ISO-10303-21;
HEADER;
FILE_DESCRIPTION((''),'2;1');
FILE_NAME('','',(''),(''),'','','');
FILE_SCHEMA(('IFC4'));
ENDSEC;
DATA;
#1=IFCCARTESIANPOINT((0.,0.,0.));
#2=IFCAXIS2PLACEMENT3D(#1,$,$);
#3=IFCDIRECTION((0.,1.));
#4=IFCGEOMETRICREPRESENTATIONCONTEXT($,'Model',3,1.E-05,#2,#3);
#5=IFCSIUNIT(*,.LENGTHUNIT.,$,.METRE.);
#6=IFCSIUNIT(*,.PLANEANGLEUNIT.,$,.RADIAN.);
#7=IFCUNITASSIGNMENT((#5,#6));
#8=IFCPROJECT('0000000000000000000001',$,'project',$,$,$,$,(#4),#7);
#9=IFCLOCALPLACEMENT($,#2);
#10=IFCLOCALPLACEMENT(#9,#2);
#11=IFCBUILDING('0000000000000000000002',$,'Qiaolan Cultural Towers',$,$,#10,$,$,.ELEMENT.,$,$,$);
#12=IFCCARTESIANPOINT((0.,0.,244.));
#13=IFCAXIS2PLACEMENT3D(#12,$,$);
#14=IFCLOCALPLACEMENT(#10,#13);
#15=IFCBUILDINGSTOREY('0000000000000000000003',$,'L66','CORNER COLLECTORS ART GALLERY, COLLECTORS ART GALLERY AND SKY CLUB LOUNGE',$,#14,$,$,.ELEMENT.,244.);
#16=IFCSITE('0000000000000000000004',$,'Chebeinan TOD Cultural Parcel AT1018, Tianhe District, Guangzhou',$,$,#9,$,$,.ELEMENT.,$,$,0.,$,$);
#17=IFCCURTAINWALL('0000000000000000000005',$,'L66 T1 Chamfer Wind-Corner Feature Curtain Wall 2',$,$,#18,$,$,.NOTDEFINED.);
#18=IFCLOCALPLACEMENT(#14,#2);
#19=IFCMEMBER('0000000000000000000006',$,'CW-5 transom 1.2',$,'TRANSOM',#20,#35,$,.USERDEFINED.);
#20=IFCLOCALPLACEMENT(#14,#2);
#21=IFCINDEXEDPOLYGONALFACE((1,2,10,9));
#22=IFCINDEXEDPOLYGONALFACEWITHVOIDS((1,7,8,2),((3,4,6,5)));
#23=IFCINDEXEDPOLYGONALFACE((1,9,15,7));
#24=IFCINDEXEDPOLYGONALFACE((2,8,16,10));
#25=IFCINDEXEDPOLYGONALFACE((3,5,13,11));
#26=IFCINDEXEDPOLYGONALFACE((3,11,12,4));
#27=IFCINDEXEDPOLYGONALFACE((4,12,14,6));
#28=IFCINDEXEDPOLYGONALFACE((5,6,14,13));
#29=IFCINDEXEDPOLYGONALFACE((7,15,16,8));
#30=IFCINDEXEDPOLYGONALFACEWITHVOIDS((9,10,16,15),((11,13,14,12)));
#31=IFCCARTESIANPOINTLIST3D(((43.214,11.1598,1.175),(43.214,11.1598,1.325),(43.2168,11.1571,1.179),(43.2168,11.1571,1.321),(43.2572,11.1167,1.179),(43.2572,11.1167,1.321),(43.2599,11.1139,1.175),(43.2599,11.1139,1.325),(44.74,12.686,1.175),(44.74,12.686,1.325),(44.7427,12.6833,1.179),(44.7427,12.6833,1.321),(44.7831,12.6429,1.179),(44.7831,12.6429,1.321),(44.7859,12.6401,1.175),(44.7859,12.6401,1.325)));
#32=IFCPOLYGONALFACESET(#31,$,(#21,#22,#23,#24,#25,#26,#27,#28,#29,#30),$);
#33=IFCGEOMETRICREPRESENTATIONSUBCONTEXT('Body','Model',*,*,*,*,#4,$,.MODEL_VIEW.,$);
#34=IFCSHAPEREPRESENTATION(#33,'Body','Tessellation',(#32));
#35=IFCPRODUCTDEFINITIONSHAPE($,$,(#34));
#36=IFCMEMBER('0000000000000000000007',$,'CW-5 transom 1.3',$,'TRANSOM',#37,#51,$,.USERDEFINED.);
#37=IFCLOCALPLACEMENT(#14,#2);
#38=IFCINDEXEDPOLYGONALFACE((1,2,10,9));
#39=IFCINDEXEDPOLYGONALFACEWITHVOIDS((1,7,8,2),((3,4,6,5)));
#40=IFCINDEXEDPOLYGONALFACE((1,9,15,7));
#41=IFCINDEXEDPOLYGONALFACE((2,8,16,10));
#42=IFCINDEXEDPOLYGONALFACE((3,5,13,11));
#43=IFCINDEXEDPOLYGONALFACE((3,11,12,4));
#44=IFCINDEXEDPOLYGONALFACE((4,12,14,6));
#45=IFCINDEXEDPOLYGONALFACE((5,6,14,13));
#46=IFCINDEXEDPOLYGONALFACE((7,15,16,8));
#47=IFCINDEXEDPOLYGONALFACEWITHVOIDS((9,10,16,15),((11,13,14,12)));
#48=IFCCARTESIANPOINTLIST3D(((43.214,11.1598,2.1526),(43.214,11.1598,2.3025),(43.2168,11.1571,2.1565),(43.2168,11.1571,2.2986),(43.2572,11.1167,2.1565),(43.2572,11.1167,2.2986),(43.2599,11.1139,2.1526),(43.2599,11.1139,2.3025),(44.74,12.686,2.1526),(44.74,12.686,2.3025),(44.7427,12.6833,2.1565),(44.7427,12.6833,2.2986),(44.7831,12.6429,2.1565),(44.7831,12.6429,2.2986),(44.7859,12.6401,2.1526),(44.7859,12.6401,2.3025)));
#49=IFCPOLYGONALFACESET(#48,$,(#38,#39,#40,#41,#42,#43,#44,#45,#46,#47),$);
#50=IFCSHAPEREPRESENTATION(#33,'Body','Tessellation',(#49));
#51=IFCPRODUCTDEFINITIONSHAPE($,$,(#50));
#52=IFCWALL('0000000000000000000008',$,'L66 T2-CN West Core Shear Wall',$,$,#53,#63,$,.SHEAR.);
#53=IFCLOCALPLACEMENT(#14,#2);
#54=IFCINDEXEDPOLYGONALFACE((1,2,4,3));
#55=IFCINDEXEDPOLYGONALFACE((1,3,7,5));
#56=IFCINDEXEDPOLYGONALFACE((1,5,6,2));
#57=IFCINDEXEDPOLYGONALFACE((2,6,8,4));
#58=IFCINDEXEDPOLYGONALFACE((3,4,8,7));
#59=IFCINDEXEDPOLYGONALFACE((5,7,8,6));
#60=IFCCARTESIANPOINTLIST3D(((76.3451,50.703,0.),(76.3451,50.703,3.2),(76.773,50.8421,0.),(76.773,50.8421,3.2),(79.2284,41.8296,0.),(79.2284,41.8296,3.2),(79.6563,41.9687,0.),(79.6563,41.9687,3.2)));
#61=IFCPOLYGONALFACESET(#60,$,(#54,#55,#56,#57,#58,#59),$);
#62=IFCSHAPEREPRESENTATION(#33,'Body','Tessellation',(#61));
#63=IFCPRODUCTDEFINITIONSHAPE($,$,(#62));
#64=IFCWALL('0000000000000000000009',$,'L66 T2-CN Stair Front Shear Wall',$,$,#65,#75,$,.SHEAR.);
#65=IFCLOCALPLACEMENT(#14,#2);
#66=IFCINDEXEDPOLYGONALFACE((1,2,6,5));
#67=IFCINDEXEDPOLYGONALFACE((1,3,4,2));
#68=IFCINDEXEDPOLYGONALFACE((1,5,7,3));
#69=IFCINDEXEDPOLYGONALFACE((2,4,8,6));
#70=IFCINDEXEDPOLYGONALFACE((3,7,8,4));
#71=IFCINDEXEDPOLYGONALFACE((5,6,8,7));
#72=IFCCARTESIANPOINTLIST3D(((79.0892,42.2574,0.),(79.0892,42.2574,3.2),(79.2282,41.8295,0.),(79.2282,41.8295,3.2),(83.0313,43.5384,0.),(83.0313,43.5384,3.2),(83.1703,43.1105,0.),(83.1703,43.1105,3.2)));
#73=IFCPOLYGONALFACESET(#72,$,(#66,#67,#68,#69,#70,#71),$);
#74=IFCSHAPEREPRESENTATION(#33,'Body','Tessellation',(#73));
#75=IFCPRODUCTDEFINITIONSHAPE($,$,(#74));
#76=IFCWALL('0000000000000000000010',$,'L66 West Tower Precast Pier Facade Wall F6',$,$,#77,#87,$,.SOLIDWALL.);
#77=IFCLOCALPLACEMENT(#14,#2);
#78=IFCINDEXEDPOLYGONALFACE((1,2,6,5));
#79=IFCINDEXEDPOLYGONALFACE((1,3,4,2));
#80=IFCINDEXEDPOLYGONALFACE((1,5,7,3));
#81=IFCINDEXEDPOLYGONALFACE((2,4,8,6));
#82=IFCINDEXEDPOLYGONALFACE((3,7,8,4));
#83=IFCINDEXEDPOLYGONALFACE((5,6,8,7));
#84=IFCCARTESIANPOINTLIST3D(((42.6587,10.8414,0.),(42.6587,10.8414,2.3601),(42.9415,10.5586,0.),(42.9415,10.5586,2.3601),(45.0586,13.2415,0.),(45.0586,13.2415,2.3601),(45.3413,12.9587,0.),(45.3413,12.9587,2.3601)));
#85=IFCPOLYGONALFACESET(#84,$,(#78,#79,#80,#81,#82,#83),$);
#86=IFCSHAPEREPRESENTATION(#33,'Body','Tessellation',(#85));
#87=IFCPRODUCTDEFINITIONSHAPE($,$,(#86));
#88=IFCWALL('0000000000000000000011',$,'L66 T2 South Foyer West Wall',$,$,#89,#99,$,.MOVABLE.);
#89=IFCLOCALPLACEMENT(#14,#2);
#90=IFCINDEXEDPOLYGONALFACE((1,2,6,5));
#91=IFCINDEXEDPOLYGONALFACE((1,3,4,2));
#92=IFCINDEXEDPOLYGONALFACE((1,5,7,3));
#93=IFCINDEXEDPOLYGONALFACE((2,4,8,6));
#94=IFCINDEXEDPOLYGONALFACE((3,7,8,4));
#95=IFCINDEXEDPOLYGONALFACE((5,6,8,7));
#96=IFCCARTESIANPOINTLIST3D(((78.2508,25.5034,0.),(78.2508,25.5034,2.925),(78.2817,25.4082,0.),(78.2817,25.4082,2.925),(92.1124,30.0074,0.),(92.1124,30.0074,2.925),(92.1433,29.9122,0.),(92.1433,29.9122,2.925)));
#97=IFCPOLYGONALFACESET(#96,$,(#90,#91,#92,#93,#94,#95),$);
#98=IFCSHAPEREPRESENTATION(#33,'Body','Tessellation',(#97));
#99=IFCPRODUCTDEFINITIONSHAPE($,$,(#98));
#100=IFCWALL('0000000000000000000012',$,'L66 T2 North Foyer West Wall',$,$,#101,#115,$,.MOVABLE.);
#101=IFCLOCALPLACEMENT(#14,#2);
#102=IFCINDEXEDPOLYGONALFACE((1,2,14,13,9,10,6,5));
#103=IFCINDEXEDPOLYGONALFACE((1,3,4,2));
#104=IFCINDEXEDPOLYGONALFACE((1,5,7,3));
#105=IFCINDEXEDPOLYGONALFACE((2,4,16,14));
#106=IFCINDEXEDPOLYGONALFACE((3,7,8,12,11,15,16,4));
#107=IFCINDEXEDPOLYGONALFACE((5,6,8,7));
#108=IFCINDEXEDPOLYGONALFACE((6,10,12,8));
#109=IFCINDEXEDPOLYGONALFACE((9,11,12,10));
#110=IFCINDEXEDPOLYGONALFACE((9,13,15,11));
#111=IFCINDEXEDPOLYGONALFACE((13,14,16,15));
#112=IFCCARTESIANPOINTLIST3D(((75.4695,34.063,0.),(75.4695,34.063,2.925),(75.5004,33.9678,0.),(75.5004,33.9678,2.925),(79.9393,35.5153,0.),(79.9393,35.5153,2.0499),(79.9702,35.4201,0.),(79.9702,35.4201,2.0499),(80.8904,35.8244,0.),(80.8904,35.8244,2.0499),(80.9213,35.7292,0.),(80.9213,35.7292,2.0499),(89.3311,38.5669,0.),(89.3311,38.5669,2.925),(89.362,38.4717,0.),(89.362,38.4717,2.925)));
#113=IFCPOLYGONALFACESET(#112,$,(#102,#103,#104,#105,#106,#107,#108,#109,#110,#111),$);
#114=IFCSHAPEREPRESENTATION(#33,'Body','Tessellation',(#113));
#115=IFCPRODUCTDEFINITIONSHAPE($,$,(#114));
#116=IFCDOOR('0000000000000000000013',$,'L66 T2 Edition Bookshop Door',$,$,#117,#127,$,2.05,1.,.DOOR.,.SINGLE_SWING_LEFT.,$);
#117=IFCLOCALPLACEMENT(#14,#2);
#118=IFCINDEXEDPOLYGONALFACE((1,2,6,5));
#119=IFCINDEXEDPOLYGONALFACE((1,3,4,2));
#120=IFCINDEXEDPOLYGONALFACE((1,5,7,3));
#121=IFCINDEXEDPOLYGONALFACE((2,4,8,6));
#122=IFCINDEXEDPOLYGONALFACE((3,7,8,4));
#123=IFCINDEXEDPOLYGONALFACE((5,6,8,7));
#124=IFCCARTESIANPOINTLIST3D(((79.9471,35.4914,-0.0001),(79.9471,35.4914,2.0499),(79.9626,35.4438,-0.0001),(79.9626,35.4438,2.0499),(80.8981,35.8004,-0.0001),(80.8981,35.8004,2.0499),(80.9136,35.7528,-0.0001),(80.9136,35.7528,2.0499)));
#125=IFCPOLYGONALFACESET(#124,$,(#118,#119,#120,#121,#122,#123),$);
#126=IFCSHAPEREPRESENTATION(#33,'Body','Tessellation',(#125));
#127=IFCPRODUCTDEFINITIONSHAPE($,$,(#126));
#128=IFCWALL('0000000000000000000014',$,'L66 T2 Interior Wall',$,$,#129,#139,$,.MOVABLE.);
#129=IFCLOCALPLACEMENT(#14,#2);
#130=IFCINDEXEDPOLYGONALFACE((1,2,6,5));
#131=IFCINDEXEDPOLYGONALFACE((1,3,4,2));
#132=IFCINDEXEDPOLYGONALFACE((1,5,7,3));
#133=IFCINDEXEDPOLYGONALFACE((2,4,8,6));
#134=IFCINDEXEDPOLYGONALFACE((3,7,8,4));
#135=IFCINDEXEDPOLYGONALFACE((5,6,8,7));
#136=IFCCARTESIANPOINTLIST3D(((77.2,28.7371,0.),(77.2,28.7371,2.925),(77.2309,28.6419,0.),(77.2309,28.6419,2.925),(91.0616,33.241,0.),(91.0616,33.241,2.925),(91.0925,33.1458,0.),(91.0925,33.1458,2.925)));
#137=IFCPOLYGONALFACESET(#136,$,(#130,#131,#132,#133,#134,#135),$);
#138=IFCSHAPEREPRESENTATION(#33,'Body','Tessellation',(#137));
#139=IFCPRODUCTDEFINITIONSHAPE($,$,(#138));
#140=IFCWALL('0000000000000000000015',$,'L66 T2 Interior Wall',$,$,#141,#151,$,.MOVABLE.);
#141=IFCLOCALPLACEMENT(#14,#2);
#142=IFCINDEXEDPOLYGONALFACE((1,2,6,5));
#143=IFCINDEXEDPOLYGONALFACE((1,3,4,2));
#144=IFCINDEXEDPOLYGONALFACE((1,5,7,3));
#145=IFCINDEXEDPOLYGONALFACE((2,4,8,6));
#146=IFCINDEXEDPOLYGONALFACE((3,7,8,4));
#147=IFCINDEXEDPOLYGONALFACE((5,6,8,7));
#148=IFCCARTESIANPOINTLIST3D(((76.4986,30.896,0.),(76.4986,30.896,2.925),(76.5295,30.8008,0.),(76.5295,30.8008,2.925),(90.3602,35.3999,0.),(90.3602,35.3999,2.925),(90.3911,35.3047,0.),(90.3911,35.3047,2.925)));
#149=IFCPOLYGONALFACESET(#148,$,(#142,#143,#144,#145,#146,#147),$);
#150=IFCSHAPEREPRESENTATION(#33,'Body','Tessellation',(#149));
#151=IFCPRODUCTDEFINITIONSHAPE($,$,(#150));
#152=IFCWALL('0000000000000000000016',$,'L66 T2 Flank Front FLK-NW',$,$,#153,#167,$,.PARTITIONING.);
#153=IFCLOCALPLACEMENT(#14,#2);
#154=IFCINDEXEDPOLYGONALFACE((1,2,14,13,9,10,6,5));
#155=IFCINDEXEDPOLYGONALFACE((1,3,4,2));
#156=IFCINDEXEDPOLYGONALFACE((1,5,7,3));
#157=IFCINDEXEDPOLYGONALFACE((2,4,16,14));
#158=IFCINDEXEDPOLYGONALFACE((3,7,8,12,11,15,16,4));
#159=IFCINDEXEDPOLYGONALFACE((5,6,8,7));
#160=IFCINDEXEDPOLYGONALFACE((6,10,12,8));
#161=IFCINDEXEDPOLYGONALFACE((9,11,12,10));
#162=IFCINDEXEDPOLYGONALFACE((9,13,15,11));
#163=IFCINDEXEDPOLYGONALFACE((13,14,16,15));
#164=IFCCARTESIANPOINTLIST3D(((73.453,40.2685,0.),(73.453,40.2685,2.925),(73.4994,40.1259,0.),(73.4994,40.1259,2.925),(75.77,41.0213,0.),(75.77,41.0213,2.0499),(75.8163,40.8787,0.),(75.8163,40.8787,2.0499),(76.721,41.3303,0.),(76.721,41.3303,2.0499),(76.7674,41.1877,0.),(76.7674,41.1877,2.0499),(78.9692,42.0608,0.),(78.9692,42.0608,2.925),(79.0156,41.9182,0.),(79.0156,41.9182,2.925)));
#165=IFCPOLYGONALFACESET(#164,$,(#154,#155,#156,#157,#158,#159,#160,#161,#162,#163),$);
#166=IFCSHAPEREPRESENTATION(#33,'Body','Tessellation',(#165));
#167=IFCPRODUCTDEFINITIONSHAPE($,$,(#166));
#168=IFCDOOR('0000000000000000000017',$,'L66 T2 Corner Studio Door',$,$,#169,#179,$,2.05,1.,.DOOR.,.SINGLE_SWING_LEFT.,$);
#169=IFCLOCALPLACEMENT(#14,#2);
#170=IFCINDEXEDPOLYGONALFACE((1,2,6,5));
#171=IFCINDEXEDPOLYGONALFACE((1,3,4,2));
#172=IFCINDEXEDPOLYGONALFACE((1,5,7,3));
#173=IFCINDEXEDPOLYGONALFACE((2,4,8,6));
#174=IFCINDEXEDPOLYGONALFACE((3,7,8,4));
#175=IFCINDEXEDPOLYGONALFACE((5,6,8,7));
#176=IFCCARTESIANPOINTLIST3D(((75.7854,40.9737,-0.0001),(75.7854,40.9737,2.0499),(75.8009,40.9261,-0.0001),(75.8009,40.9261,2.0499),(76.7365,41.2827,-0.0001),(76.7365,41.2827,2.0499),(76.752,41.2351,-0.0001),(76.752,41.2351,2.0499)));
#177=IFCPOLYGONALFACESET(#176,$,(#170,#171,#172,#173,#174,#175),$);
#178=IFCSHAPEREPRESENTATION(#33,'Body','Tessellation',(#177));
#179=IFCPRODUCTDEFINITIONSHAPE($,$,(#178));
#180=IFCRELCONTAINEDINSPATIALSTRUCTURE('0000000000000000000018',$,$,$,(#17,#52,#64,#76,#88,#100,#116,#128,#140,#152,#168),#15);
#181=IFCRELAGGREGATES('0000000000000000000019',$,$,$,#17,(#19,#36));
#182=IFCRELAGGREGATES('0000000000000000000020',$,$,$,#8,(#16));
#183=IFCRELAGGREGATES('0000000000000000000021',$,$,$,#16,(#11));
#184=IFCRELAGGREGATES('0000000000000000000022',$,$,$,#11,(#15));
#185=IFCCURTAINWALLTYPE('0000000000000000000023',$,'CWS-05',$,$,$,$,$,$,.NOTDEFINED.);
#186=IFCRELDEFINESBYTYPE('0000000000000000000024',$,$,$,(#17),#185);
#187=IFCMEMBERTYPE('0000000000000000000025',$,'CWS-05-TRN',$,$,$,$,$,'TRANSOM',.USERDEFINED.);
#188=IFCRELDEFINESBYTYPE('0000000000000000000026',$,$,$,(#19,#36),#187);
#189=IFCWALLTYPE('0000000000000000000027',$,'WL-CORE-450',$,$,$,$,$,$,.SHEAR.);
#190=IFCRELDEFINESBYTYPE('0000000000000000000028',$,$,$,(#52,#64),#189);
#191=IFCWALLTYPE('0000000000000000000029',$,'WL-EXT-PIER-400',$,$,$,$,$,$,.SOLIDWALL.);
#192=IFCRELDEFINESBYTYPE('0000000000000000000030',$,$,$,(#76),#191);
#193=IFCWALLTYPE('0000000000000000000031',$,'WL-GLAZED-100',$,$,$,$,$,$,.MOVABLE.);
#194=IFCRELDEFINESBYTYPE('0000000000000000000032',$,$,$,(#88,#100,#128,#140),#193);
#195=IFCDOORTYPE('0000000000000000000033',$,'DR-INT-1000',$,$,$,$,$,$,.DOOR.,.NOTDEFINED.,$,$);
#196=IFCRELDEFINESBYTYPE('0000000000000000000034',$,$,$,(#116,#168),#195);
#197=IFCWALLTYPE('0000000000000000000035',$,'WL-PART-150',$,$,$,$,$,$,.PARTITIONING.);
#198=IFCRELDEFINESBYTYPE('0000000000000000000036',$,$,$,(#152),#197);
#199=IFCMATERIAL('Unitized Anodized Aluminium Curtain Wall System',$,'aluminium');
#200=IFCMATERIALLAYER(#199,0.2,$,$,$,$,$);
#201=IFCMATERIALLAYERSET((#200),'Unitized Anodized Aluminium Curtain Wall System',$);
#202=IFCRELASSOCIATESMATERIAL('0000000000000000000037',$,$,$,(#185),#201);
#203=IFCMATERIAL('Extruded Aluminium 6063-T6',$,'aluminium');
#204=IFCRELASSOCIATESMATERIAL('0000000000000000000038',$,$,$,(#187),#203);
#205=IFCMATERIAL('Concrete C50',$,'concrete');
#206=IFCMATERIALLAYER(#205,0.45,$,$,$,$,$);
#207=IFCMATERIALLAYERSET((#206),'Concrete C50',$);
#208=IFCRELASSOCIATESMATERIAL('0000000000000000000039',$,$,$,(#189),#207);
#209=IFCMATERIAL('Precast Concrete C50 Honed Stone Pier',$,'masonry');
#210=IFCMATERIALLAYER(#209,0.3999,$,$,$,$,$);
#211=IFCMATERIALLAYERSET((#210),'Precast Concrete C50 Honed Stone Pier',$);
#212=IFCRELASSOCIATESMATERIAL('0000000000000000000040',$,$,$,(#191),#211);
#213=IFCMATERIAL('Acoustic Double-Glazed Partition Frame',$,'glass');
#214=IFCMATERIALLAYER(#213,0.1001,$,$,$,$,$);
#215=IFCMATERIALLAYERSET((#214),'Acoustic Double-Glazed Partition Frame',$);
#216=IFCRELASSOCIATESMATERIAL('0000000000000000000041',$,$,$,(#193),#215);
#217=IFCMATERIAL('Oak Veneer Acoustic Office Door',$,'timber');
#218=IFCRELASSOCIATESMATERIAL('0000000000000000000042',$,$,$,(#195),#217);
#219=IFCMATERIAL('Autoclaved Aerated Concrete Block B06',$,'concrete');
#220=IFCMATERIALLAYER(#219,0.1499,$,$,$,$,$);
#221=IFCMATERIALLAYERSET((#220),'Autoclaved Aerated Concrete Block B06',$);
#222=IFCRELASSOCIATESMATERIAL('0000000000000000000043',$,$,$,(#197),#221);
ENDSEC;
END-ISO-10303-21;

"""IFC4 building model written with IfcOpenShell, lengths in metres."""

from ifc_helpers import new_model, si_unit, direction, frame, frame_2d, origin, origin_2d, place, context, subcontext, project, spatial, rectangle, hollow_rectangle, extrude, material, layer, layer_set, material_profile, profile_set, type_object, element, fill, aggregate, save


model = new_model("IFC4")

# Units and contexts
model_context = context("Model", 3, precision=1e-05, world=origin(), true_north=direction((0.0, 1.0)))
body_context = subcontext(model_context, "Body", "Model", "MODEL_VIEW")
ifc_project = project(units=[si_unit("LENGTHUNIT", "METRE"), si_unit("PLANEANGLEUNIT", "RADIAN")], contexts=[model_context])

# Site, building, storey
site_placement = place(None, origin())
site = spatial("IfcSite", under=ifc_project, at=site_placement, Name="Chebeinan TOD Cultural Parcel AT1018, Tianhe District, Guangzhou", CompositionType="ELEMENT", RefElevation=0.0)
building_placement = place(site_placement, origin())
building = spatial("IfcBuilding", under=site, at=building_placement, Name="Qiaolan Cultural Towers", CompositionType="ELEMENT")
storey_placement = place(building_placement, frame((0.0, 0.0, 244.0)))
storey = spatial("IfcBuildingStorey", under=building, at=storey_placement, Name="L66", Description="CORNER COLLECTORS ART GALLERY, COLLECTORS ART GALLERY AND SKY CLUB LOUNGE", CompositionType="ELEMENT", Elevation=244.0)

# Curtain wall, members
ifc_material_1 = material(Name="Unitized Anodized Aluminium Curtain Wall System", Category="aluminium")
ifc_layer_1 = layer(ifc_material_1, 0.2)
ifc_layer_set_1 = layer_set([ifc_layer_1], Name="Unitized Anodized Aluminium Curtain Wall System")
curtain_wall_type = type_object("IfcCurtainWallType", Name="CWS-05", PredefinedType="NOTDEFINED", material=ifc_layer_set_1)
curtain_wall_placement = place(storey_placement, origin())
curtain_wall = element("IfcCurtainWall", 1, at=curtain_wall_placement, inside=storey, type_object=curtain_wall_type, Name="L66 T1 Chamfer Wind-Corner Feature Curtain Wall 2", PredefinedType="NOTDEFINED")
ifc_material_2 = material(Name="Extruded Aluminium 6063-T6", Category="aluminium")
ifc_material_profile_1 = material_profile(ifc_material_2, hollow_rectangle(XDim=0.0649, YDim=0.1499, WallThickness=0.0039, at=origin_2d()), Name="CWT-150x65x4")
ifc_profile_set_1 = profile_set([ifc_material_profile_1], Name="Extruded Aluminium 6063-T6")
member_type_1 = type_object("IfcMemberType", Name="CWS-05-TRN", ElementType="TRANSOM", PredefinedType="USERDEFINED", material=ifc_profile_set_1)
member_1_placement = place(storey_placement, frame((44.7629, 12.6631, 1.25), z_axis=(-0.70705, -0.707163, 0.0), x_axis=(0.707163, -0.70705, 0.0)))
member_1 = element("IfcMember", 2, at=member_1_placement, type_object=member_type_1, Name="CW-5 transom 1.2", ObjectType="TRANSOM", PredefinedType="USERDEFINED", context=body_context, shape_type="SweptSolid", body=[
    extrude(hollow_rectangle(XDim=0.0649, YDim=0.1499, WallThickness=0.0039, at=origin_2d()), origin(), (0.0, 0.0, 1.0), 2.1582),
])
member_2_placement = place(storey_placement, frame((44.7629, 12.6631, 2.2275), z_axis=(-0.70705, -0.707163, 0.0), x_axis=(0.707163, -0.70705, 0.0)))
member_2 = element("IfcMember", 3, at=member_2_placement, type_object=member_type_1, Name="CW-5 transom 1.3", ObjectType="TRANSOM", PredefinedType="USERDEFINED", context=body_context, shape_type="SweptSolid", body=[
    extrude(hollow_rectangle(XDim=0.0649, YDim=0.1499, WallThickness=0.0039, at=origin_2d()), origin(), (0.0, 0.0, 1.0), 2.1582),
])
aggregate(curtain_wall, [member_1, member_2])

# Walls
ifc_material_3 = material(Name="Concrete C50", Category="concrete")
ifc_layer_2 = layer(ifc_material_3, 0.45)
ifc_layer_set_2 = layer_set([ifc_layer_2], Name="Concrete C50")
wall_type_1 = type_object("IfcWallType", Name="WL-CORE-450", PredefinedType="SHEAR", material=ifc_layer_set_2)
wall_1_placement = place(storey_placement, frame((79.4424, 41.8992, 0.0), z_axis=(0.0, 0.0, 1.0), x_axis=(-0.309036, 0.95105, 0.0)))
element("IfcWall", 4, at=wall_1_placement, inside=storey, type_object=wall_type_1, Name="L66 T2-CN West Core Shear Wall", PredefinedType="SHEAR", context=body_context, shape_type="SweptSolid", body=[
    extrude(rectangle(XDim=9.3301, YDim=0.45, at=frame_2d((4.665, 0.0))), origin(), (0.0, 0.0, 1.0), 3.2),
])
wall_2_placement = place(storey_placement, frame((79.1587, 42.0435, 0.0), z_axis=(0.0, 0.0, 1.0), x_axis=(0.951047, 0.309045, 0.0)))
element("IfcWall", 5, at=wall_2_placement, inside=storey, type_object=wall_type_1, Name="L66 T2-CN Stair Front Shear Wall", PredefinedType="SHEAR", context=body_context, shape_type="SweptSolid", body=[
    extrude(rectangle(XDim=4.145, YDim=0.45, at=frame_2d((2.0725, 0.0))), origin(), (0.0, 0.0, 1.0), 3.2),
])
ifc_material_4 = material(Name="Precast Concrete C50 Honed Stone Pier", Category="masonry")
ifc_layer_3 = layer(ifc_material_4, 0.3999)
ifc_layer_set_3 = layer_set([ifc_layer_3], Name="Precast Concrete C50 Honed Stone Pier")
wall_type_2 = type_object("IfcWallType", Name="WL-EXT-PIER-400", PredefinedType="SOLIDWALL", material=ifc_layer_set_3)
wall_3_placement = place(storey_placement, frame((45.2, 13.1001, 0.0), z_axis=(0.0, 0.0, 1.0), x_axis=(-0.707071, -0.707143, 0.0)))
element("IfcWall", 6, at=wall_3_placement, inside=storey, type_object=wall_type_2, Name="L66 West Tower Precast Pier Facade Wall F6", PredefinedType="SOLIDWALL", context=body_context, shape_type="SweptSolid", body=[
    extrude(rectangle(XDim=3.394, YDim=0.3999, at=frame_2d((1.697, 0.0))), origin(), (0.0, 0.0, 1.0), 2.3601),
])
ifc_material_5 = material(Name="Acoustic Double-Glazed Partition Frame", Category="glass")
ifc_layer_4 = layer(ifc_material_5, 0.1001)
ifc_layer_set_4 = layer_set([ifc_layer_4], Name="Acoustic Double-Glazed Partition Frame")
wall_type_3 = type_object("IfcWallType", Name="WL-GLAZED-100", PredefinedType="MOVABLE", material=ifc_layer_set_4)
wall_4_placement = place(storey_placement, frame((78.2661, 25.4558, 0.0), z_axis=(0.0, 0.0, 1.0), x_axis=(0.951056, 0.309018, 0.0)))
element("IfcWall", 7, at=wall_4_placement, inside=storey, type_object=wall_type_3, Name="L66 T2 South Foyer West Wall", PredefinedType="MOVABLE", context=body_context, shape_type="SweptSolid", body=[
    extrude(rectangle(XDim=14.575, YDim=0.1001, at=frame_2d((7.2876, 0.0))), origin(), (0.0, 0.0, 1.0), 2.925),
])

# Wall, opening, door
wall_5_placement = place(storey_placement, frame((75.4849, 34.0154, 0.0), z_axis=(0.0, 0.0, 1.0), x_axis=(0.951056, 0.309018, 0.0)))
wall_5 = element("IfcWall", 8, at=wall_5_placement, inside=storey, type_object=wall_type_3, Name="L66 T2 North Foyer West Wall", PredefinedType="MOVABLE", context=body_context, shape_type="SweptSolid", body=[
    extrude(rectangle(XDim=14.575, YDim=0.1001, at=frame_2d((7.2876, 0.0))), origin(), (0.0, 0.0, 1.0), 2.925),
])
opening_1_placement = place(wall_5_placement, frame((4.7, 0.0, 0.0)))
opening_1 = element("IfcOpeningElement", 9, at=opening_1_placement, cuts=wall_5, PredefinedType="OPENING", context=body_context, shape_type="SweptSolid", body=[
    extrude(rectangle(XDim=1.0, YDim=2.05, at=frame_2d((0.5, 1.0249))), frame((0.0, 0.0601, 0.0), z_axis=(0.0, -1.0, 0.0), x_axis=(1.0, 0.0, 0.0)), (0.0, 0.0, 1.0), 0.1201),
])
ifc_material_6 = material(Name="Oak Veneer Acoustic Office Door", Category="timber")
door_type = type_object("IfcDoorType", Name="DR-INT-1000", OperationType="NOTDEFINED", PredefinedType="DOOR", material=ifc_material_6)
door_1_placement = place(opening_1_placement, origin())
door_1 = element("IfcDoor", 10, at=door_1_placement, inside=storey, type_object=door_type, Name="L66 T2 Edition Bookshop Door", OperationType="SINGLE_SWING_LEFT", OverallHeight=2.05, OverallWidth=1.0, PredefinedType="DOOR", context=body_context, shape_type="SweptSolid", body=[
    extrude(rectangle(XDim=1.0, YDim=2.05, at=frame_2d((0.5, 1.0249))), frame((0.0, 0.0249, 0.0), z_axis=(0.0, -1.0, 0.0), x_axis=(1.0, 0.0, 0.0)), (0.0, 0.0, 1.0), 0.05),
])
fill(opening_1, door_1)

# Walls
for number, where, z_axis, x_axis, name in (
    (11, (77.2153, 28.6895, 0.0), (0.0, 0.0, 1.0), (0.951056, 0.309018, 0.0), "L66 T2 Interior Wall"),
    (12, (76.5139, 30.8484, 0.0), (0.0, 0.0, 1.0), (0.951056, 0.309018, 0.0), "L66 T2 Interior Wall"),
):
    element("IfcWall", number, at=place(storey_placement, frame(where, z_axis=z_axis, x_axis=x_axis)), inside=storey, type_object=wall_type_3, Name=name, PredefinedType="MOVABLE", context=body_context, shape_type="SweptSolid", body=[
        extrude(rectangle(XDim=14.575, YDim=0.1001, at=frame_2d((7.2876, 0.0))), origin(), (0.0, 0.0, 1.0), 2.925),
    ])

# Wall, opening, door
ifc_material_7 = material(Name="Autoclaved Aerated Concrete Block B06", Category="concrete")
ifc_layer_5 = layer(ifc_material_7, 0.1499)
ifc_layer_set_5 = layer_set([ifc_layer_5], Name="Autoclaved Aerated Concrete Block B06")
wall_type_4 = type_object("IfcWallType", Name="WL-PART-150", PredefinedType="PARTITIONING", material=ifc_layer_set_5)
wall_6_placement = place(storey_placement, frame((73.4763, 40.1973, 0.0), z_axis=(0.0, 0.0, 1.0), x_axis=(0.951059, 0.309008, 0.0)))
wall_6 = element("IfcWall", 13, at=wall_6_placement, inside=storey, type_object=wall_type_4, Name="L66 T2 Flank Front FLK-NW", PredefinedType="PARTITIONING", context=body_context, shape_type="SweptSolid", body=[
    extrude(rectangle(XDim=5.8, YDim=0.1499, at=frame_2d((2.8999, 0.0))), origin(), (0.0, 0.0, 1.0), 2.925),
])
opening_2_placement = place(wall_6_placement, frame((2.436, 0.0, 0.0)))
opening_2 = element("IfcOpeningElement", 14, at=opening_2_placement, cuts=wall_6, PredefinedType="OPENING", context=body_context, shape_type="SweptSolid", body=[
    extrude(rectangle(XDim=1.0, YDim=2.05, at=frame_2d((0.5, 1.0249))), frame((0.0, 0.085, 0.0), z_axis=(0.0, -1.0, 0.0), x_axis=(1.0, 0.0, 0.0)), (0.0, 0.0, 1.0), 0.1699),
])
door_2_placement = place(opening_2_placement, origin())
door_2 = element("IfcDoor", 15, at=door_2_placement, inside=storey, type_object=door_type, Name="L66 T2 Corner Studio Door", OperationType="SINGLE_SWING_LEFT", OverallHeight=2.05, OverallWidth=1.0, PredefinedType="DOOR", context=body_context, shape_type="SweptSolid", body=[
    extrude(rectangle(XDim=1.0, YDim=2.05, at=frame_2d((0.5, 1.0249))), frame((0.0, 0.0249, 0.0), z_axis=(0.0, -1.0, 0.0), x_axis=(1.0, 0.0, 0.0)), (0.0, 0.0, 1.0), 0.05),
])
fill(opening_2, door_2)

save(model, "model.ifc")
